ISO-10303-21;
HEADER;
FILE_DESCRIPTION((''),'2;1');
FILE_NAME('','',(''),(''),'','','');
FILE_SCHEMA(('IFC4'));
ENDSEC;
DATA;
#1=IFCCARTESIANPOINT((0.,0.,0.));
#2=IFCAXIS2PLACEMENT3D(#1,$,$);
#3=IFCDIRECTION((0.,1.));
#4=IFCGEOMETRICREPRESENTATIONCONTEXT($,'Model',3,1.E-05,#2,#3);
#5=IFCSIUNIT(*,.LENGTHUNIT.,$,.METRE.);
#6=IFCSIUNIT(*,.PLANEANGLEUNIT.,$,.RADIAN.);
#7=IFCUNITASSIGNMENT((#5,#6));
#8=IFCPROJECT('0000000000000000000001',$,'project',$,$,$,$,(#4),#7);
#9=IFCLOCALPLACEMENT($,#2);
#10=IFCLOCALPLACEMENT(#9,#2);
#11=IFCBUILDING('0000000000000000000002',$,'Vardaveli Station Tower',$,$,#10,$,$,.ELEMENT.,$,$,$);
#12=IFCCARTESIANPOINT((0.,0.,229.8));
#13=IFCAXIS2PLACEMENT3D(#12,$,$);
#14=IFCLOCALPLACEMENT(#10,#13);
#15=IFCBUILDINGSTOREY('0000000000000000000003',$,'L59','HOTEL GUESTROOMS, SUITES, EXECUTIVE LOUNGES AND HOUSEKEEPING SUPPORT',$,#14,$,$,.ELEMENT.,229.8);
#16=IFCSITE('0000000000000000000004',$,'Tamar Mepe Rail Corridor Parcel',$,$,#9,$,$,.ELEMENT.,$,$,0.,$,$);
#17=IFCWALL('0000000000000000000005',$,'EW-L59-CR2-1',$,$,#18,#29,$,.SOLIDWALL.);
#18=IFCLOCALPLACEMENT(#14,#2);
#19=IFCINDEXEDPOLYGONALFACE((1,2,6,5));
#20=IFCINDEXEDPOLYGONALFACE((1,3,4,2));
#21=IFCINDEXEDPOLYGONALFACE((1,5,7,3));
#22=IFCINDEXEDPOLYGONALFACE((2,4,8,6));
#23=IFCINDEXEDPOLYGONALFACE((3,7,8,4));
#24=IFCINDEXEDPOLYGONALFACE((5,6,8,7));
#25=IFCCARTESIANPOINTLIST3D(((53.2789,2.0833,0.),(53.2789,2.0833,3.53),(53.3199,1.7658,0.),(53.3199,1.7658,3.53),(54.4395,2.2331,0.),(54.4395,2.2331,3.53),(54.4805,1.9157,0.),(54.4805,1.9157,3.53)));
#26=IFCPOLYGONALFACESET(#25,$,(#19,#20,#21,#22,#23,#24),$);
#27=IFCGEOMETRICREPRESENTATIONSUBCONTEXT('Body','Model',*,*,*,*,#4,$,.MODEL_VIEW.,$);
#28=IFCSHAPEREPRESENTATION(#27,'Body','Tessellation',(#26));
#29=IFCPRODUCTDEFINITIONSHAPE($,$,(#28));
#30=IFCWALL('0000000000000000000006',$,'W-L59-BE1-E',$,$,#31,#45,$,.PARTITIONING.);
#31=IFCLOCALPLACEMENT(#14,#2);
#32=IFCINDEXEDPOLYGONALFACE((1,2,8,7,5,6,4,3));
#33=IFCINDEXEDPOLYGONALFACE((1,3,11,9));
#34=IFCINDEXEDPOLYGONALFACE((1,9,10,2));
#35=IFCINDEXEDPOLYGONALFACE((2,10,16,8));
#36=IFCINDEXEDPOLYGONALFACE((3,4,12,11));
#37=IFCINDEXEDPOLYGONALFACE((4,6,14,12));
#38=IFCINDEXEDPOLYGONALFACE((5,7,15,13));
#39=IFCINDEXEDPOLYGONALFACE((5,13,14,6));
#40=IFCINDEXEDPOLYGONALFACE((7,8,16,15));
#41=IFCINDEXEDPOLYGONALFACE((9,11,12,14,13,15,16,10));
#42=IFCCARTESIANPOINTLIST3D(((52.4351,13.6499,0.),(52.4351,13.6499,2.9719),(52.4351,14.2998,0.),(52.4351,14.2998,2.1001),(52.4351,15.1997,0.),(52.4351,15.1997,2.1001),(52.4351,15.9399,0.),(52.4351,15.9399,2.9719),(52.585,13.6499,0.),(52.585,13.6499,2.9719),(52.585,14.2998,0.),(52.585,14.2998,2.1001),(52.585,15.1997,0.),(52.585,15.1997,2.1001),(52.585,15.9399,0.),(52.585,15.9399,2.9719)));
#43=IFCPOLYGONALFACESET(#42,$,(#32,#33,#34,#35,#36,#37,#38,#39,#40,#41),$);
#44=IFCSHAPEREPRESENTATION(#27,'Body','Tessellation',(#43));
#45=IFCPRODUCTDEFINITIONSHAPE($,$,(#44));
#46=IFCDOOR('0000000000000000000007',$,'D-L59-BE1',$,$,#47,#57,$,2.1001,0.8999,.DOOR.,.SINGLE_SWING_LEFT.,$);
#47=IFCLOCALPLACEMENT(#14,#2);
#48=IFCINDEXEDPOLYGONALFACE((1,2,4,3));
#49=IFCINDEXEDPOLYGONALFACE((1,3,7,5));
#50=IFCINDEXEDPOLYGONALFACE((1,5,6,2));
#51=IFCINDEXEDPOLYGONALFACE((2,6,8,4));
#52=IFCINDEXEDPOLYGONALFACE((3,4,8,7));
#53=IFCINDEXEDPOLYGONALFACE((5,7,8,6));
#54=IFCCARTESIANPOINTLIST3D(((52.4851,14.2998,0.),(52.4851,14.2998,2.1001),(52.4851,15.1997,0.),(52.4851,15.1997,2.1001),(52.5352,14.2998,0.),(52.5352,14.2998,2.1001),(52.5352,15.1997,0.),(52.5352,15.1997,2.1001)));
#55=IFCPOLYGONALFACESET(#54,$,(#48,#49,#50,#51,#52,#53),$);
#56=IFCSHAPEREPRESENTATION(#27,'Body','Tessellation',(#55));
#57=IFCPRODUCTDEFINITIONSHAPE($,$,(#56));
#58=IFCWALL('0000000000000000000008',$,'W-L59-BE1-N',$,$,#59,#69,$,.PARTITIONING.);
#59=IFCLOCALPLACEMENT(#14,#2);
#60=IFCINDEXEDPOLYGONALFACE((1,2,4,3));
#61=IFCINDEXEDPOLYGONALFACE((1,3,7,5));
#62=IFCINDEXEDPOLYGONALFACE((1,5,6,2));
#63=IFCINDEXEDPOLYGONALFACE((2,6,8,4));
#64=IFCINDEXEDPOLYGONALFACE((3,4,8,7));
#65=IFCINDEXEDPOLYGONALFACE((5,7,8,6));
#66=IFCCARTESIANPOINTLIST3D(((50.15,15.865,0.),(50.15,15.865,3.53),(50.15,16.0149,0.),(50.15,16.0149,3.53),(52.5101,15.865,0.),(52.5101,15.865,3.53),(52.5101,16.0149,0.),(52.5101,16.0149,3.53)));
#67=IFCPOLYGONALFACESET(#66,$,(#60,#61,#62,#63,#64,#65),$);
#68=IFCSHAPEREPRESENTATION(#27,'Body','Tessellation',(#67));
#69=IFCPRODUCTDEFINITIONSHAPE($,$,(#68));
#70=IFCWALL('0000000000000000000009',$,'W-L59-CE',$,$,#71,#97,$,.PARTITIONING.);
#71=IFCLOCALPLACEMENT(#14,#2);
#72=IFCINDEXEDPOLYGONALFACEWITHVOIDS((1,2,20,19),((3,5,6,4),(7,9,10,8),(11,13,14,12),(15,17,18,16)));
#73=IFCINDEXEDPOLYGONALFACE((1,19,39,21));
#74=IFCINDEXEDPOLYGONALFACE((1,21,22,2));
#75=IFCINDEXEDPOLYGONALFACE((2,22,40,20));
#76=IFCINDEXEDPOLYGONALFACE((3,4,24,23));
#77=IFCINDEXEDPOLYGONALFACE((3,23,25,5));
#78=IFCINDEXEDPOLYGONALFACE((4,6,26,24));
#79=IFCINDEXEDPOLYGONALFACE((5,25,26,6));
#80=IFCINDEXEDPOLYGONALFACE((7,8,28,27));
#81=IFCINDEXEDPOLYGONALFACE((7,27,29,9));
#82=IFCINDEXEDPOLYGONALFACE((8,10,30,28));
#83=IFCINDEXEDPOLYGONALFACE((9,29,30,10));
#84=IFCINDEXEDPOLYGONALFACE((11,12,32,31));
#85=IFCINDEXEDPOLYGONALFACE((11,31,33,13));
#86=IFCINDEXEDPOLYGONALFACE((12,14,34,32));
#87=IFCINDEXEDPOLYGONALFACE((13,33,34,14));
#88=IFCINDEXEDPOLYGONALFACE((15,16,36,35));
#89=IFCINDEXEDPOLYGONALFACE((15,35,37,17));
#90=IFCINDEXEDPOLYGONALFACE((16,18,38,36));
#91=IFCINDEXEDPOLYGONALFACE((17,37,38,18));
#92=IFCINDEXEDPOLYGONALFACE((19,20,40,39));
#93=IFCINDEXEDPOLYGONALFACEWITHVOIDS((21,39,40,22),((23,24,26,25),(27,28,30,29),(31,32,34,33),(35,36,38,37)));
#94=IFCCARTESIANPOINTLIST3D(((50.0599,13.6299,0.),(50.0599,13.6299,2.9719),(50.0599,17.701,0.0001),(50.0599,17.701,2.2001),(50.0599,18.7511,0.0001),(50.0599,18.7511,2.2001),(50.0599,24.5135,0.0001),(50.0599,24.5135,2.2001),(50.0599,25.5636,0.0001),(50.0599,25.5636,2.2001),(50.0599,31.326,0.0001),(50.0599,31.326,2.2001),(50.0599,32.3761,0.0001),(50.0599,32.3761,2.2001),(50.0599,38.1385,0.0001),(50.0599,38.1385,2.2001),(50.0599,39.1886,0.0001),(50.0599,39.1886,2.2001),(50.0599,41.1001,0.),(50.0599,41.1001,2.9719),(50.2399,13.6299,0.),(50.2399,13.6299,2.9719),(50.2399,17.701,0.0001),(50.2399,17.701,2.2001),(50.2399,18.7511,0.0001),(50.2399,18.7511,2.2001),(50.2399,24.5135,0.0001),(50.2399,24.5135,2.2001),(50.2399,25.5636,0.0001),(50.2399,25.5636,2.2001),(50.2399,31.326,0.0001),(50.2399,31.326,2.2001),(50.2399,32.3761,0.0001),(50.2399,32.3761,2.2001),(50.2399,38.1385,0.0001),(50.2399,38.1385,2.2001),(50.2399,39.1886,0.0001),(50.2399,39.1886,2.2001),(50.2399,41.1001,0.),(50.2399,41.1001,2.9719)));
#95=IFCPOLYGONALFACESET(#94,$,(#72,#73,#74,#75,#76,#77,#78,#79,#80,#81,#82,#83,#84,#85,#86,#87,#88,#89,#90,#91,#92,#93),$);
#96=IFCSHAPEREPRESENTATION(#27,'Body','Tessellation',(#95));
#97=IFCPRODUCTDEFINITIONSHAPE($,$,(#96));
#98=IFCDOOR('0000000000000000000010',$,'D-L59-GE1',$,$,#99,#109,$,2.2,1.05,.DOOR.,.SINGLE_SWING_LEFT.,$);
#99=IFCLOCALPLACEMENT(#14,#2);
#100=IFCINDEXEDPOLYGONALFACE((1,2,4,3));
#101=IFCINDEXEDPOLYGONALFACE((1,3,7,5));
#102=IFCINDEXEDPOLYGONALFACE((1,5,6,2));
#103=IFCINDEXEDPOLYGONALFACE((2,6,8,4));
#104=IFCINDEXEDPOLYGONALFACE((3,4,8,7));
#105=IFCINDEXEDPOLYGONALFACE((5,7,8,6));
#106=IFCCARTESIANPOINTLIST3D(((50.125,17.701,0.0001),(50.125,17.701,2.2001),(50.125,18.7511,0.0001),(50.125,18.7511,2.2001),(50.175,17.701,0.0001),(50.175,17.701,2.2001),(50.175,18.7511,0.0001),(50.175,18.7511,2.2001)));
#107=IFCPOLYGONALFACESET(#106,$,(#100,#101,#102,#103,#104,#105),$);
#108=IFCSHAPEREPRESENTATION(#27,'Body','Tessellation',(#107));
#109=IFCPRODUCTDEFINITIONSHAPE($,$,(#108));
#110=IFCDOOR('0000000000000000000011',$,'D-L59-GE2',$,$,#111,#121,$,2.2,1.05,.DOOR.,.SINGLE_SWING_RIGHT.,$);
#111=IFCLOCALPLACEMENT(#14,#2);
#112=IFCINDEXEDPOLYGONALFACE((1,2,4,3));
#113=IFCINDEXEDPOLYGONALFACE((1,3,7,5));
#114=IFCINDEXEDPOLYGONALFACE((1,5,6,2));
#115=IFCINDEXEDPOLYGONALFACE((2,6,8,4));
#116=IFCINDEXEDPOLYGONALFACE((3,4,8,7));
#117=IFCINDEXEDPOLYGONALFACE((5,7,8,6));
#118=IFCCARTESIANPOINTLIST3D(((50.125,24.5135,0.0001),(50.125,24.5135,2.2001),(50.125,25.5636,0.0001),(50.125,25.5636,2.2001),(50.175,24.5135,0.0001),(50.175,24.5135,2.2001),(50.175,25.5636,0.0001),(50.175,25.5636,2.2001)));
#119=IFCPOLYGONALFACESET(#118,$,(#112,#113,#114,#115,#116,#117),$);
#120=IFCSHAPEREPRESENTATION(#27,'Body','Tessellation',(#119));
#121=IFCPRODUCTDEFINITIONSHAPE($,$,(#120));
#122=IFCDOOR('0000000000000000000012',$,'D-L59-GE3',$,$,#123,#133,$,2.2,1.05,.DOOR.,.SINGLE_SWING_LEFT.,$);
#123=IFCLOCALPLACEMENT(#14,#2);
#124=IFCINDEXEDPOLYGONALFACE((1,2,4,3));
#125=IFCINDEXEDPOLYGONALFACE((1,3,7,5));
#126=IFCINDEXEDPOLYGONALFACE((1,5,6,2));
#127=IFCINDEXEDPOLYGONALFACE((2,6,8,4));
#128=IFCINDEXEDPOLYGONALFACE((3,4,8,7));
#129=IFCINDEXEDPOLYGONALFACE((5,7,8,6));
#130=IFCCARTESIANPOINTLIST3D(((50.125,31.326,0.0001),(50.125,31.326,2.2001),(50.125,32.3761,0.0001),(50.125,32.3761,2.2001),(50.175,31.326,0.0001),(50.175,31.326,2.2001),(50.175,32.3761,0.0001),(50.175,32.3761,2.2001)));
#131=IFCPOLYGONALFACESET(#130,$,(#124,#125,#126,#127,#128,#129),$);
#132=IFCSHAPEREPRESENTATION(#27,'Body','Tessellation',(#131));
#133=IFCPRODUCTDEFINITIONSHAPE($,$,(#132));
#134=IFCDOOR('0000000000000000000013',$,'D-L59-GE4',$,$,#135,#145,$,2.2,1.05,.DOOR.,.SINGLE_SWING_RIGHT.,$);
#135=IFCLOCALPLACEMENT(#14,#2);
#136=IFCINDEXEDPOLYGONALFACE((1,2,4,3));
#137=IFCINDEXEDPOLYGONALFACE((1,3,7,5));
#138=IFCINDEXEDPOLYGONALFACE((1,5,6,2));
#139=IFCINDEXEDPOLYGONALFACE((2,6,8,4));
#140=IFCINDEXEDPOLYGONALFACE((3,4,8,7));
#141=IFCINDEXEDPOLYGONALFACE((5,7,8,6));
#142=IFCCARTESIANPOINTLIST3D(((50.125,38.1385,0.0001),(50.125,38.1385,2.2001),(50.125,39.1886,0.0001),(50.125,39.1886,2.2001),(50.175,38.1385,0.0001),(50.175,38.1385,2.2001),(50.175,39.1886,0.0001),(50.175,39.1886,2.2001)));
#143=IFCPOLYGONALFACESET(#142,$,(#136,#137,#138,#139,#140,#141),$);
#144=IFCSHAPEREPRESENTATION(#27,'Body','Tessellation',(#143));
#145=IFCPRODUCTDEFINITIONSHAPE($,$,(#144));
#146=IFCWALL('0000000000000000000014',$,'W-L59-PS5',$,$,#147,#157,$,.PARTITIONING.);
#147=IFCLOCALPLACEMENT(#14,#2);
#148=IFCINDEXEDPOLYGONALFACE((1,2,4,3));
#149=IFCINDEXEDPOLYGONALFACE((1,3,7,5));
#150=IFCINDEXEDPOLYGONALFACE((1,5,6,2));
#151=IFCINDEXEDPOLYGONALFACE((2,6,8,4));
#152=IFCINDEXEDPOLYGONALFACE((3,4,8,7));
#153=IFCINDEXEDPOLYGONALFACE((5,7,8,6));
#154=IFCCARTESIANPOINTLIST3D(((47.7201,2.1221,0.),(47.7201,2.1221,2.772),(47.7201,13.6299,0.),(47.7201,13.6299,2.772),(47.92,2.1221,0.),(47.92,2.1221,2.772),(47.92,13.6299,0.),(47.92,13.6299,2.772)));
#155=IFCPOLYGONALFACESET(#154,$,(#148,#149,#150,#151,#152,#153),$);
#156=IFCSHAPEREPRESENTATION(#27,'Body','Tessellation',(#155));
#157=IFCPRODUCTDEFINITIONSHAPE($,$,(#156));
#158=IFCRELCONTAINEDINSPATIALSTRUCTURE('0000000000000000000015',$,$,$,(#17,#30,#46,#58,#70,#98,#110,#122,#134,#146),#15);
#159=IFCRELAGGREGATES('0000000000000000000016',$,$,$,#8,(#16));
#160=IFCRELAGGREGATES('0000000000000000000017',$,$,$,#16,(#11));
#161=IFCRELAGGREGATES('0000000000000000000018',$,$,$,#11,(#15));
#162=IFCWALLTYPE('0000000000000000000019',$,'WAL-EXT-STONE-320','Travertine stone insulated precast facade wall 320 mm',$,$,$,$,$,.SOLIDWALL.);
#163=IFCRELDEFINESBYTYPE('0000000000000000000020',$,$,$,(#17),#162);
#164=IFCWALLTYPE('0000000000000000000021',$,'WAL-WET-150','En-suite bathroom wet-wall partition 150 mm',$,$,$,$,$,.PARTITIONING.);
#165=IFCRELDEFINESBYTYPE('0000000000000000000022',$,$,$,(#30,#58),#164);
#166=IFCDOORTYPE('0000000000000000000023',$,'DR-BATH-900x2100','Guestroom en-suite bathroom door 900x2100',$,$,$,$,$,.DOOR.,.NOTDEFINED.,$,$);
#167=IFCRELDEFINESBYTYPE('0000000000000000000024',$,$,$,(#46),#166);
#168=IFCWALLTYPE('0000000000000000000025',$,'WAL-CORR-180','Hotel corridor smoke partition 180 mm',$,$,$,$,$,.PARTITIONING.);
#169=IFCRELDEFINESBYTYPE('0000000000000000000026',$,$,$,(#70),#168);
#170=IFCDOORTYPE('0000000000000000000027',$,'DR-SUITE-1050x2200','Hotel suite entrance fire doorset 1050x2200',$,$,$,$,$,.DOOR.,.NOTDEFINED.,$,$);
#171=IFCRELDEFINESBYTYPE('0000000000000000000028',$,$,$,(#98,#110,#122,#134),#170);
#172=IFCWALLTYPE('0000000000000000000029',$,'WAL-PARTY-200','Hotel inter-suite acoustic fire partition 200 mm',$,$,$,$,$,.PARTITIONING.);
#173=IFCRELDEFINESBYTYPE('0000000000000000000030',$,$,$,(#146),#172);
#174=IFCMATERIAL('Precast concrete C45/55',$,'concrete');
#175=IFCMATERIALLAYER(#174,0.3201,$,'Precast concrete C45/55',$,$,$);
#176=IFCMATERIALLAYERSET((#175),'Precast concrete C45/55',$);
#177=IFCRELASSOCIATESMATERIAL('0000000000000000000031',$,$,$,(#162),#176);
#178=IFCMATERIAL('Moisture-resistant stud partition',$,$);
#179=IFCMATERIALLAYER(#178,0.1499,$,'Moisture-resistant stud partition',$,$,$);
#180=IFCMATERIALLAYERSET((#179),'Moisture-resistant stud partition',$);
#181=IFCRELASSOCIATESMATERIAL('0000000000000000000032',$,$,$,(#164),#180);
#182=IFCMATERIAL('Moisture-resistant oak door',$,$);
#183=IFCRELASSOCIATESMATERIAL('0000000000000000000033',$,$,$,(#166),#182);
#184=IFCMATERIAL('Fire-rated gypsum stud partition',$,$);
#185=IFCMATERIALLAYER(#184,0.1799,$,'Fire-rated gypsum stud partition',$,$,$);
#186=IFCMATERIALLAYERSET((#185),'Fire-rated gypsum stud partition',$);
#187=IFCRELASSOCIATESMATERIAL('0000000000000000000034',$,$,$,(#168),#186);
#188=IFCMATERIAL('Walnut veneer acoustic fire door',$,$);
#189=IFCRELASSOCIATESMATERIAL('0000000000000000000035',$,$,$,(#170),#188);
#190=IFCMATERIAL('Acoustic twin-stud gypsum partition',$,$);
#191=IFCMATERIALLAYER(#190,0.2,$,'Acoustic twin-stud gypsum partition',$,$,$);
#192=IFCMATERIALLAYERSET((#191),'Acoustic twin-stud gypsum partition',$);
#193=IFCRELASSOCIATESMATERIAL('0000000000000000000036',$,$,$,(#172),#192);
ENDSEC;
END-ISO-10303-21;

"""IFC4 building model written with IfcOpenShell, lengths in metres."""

from ifc_helpers import new_model, si_unit, direction, frame, frame_2d, origin, place, context, subcontext, project, spatial, rectangle, extrude, source, transform, mapped, material, layer, layer_set, type_object, element, fill, save


model = new_model("IFC4")

# Units and contexts
model_context = context("Model", 3, precision=1e-05, world=origin(), true_north=direction((0.0, 1.0)))
body_context = subcontext(model_context, "Body", "Model", "MODEL_VIEW")
ifc_project = project(units=[si_unit("LENGTHUNIT", "METRE"), si_unit("PLANEANGLEUNIT", "RADIAN")], contexts=[model_context])

# Site, building, storey
site_placement = place(None, origin())
site = spatial("IfcSite", under=ifc_project, at=site_placement, Name="Tamar Mepe Rail Corridor Parcel", CompositionType="ELEMENT", RefElevation=0.0)
building_placement = place(site_placement, origin())
building = spatial("IfcBuilding", under=site, at=building_placement, Name="Vardaveli Station Tower", CompositionType="ELEMENT")
storey_placement = place(building_placement, frame((0.0, 0.0, 229.8)))
storey = spatial("IfcBuildingStorey", under=building, at=storey_placement, Name="L59", Description="HOTEL GUESTROOMS, SUITES, EXECUTIVE LOUNGES AND HOUSEKEEPING SUPPORT", CompositionType="ELEMENT", Elevation=229.8)

# Shared definitions
ifc_material_1 = material(Name="Precast concrete C45/55", Category="concrete")

# Shared definitions
ifc_layer_1 = layer(ifc_material_1, 0.3201, Name="Precast concrete C45/55")
ifc_layer_set_1 = layer_set([ifc_layer_1], Name="Precast concrete C45/55")
wall_type_1 = type_object("IfcWallType", Name="WAL-EXT-STONE-320", Description="Travertine stone insulated precast facade wall 320 mm", PredefinedType="SOLIDWALL", material=ifc_layer_set_1)

# Wall
shared_shape_1 = source(origin(), body_context, "Body", "SweptSolid", [
    extrude(rectangle(XDim=1.1702, YDim=0.3201, at=frame_2d((0.585, 0.0))), origin(), (0.0, 0.0, 1.0), 3.53),
])
wall_1_placement = place(storey_placement, frame((53.2996, 1.9246, 0.0), z_axis=(0.0, 0.0, 1.0), x_axis=(0.991762, 0.12809, 0.0)))
element("IfcWall", 1, at=wall_1_placement, inside=storey, type_object=wall_type_1, Name="EW-L59-CR2-1", PredefinedType="SOLIDWALL", context=body_context, shape_type="MappedRepresentation", body=[
    mapped(shared_shape_1, transform((0.0, 0.0, 0.0), scale=1.0)),
])

# Wall, opening, door
ifc_material_2 = material(Name="Moisture-resistant stud partition")
ifc_layer_2 = layer(ifc_material_2, 0.1499, Name="Moisture-resistant stud partition")
ifc_layer_set_2 = layer_set([ifc_layer_2], Name="Moisture-resistant stud partition")
wall_type_2 = type_object("IfcWallType", Name="WAL-WET-150", Description="En-suite bathroom wet-wall partition 150 mm", PredefinedType="PARTITIONING", material=ifc_layer_set_2)
shared_shape_2 = source(origin(), body_context, "Body", "SweptSolid", [
    extrude(rectangle(XDim=2.29, YDim=0.1499, at=frame_2d((1.145, 0.0))), origin(), (0.0, 0.0, 1.0), 2.9719),
])
wall_2_placement = place(storey_placement, frame((52.51, 13.6499, 0.0), z_axis=(0.0, 0.0, 1.0), x_axis=(0.0, 1.0, 0.0)))
wall_2 = element("IfcWall", 2, at=wall_2_placement, inside=storey, type_object=wall_type_2, Name="W-L59-BE1-E", PredefinedType="PARTITIONING", context=body_context, shape_type="MappedRepresentation", body=[
    mapped(shared_shape_2, transform((0.0, 0.0, 0.0), scale=1.0)),
])
shared_shape_3 = source(origin(), body_context, "Body", "SweptSolid", [
    extrude(rectangle(XDim=0.8999, YDim=2.1001, at=frame_2d((0.45, 1.05))), frame((0.0, 0.085, 0.0), z_axis=(0.0, -1.0, 0.0), x_axis=(1.0, 0.0, 0.0)), (0.0, 0.0, 1.0), 0.1699),
])
opening_1_placement = place(wall_2_placement, frame((0.6499, 0.0, 0.0)))
opening_1 = element("IfcOpeningElement", 3, at=opening_1_placement, cuts=wall_2, PredefinedType="OPENING", context=body_context, shape_type="MappedRepresentation", body=[
    mapped(shared_shape_3, transform((0.0, 0.0, 0.0), scale=1.0)),
])
ifc_material_3 = material(Name="Moisture-resistant oak door")
door_type_1 = type_object("IfcDoorType", Name="DR-BATH-900x2100", Description="Guestroom en-suite bathroom door 900x2100", OperationType="NOTDEFINED", PredefinedType="DOOR", material=ifc_material_3)
shared_shape_4 = source(origin(), body_context, "Body", "SweptSolid", [
    extrude(rectangle(XDim=0.8999, YDim=2.1001, at=frame_2d((0.45, 1.05))), frame((0.0, 0.0249, 0.0), z_axis=(0.0, -1.0, 0.0), x_axis=(1.0, 0.0, 0.0)), (0.0, 0.0, 1.0), 0.05),
])
door_1_placement = place(opening_1_placement, origin())
door_1 = element("IfcDoor", 4, at=door_1_placement, inside=storey, type_object=door_type_1, Name="D-L59-BE1", OperationType="SINGLE_SWING_LEFT", OverallHeight=2.1001, OverallWidth=0.8999, PredefinedType="DOOR", context=body_context, shape_type="MappedRepresentation", body=[
    mapped(shared_shape_4, transform((0.0, 0.0, 0.0), scale=1.0)),
])
fill(opening_1, door_1)

# Wall
shared_shape_5 = source(origin(), body_context, "Body", "SweptSolid", [
    extrude(rectangle(XDim=2.3601, YDim=0.1499, at=frame_2d((1.1802, 0.0))), origin(), (0.0, 0.0, 1.0), 3.53),
])
wall_3_placement = place(storey_placement, frame((50.1499, 15.9399, 0.0), z_axis=(0.0, 0.0, 1.0), x_axis=(1.0, 0.0, 0.0)))
element("IfcWall", 5, at=wall_3_placement, inside=storey, type_object=wall_type_2, Name="W-L59-BE1-N", PredefinedType="PARTITIONING", context=body_context, shape_type="MappedRepresentation", body=[
    mapped(shared_shape_5, transform((0.0, 0.0, 0.0), scale=1.0)),
])

# Wall, openings, doors
ifc_material_4 = material(Name="Fire-rated gypsum stud partition")
ifc_layer_3 = layer(ifc_material_4, 0.1799, Name="Fire-rated gypsum stud partition")
ifc_layer_set_3 = layer_set([ifc_layer_3], Name="Fire-rated gypsum stud partition")
wall_type_3 = type_object("IfcWallType", Name="WAL-CORR-180", Description="Hotel corridor smoke partition 180 mm", PredefinedType="PARTITIONING", material=ifc_layer_set_3)
shared_shape_6 = source(origin(), body_context, "Body", "SweptSolid", [
    extrude(rectangle(XDim=27.4702, YDim=0.1799, at=frame_2d((13.7351, 0.0))), origin(), (0.0, 0.0, 1.0), 2.9719),
])
wall_4_placement = place(storey_placement, frame((50.1499, 13.6299, 0.0), z_axis=(0.0, 0.0, 1.0), x_axis=(0.0, 1.0, 0.0)))
wall_4 = element("IfcWall", 6, at=wall_4_placement, inside=storey, type_object=wall_type_3, Name="W-L59-CE", PredefinedType="PARTITIONING", context=body_context, shape_type="MappedRepresentation", body=[
    mapped(shared_shape_6, transform((0.0, 0.0, 0.0), scale=1.0)),
])
shared_shape_7 = source(origin(), body_context, "Body", "SweptSolid", [
    extrude(rectangle(XDim=1.05, YDim=2.2, at=frame_2d((0.5249, 1.1001))), frame((0.0, 0.1001, 0.0), z_axis=(0.0, -1.0, 0.0), x_axis=(1.0, 0.0, 0.0)), (0.0, 0.0, 1.0), 0.2),
])
opening_2_placement = place(wall_4_placement, frame((4.0713, 0.0, 0.0)))
opening_2 = element("IfcOpeningElement", 7, at=opening_2_placement, cuts=wall_4, PredefinedType="OPENING", context=body_context, shape_type="MappedRepresentation", body=[
    mapped(shared_shape_7, transform((0.0, 0.0, 0.0), scale=1.0)),
])
opening_3_placement = place(wall_4_placement, frame((10.8838, 0.0, 0.0)))
opening_3 = element("IfcOpeningElement", 8, at=opening_3_placement, cuts=wall_4, PredefinedType="OPENING", context=body_context, shape_type="MappedRepresentation", body=[
    mapped(shared_shape_7, transform((0.0, 0.0, 0.0), scale=1.0)),
])
opening_4_placement = place(wall_4_placement, frame((17.6963, 0.0, 0.0)))
opening_4 = element("IfcOpeningElement", 9, at=opening_4_placement, cuts=wall_4, PredefinedType="OPENING", context=body_context, shape_type="MappedRepresentation", body=[
    mapped(shared_shape_7, transform((0.0, 0.0, 0.0), scale=1.0)),
])
opening_5_placement = place(wall_4_placement, frame((24.5088, 0.0, 0.0)))
opening_5 = element("IfcOpeningElement", 10, at=opening_5_placement, cuts=wall_4, PredefinedType="OPENING", context=body_context, shape_type="MappedRepresentation", body=[
    mapped(shared_shape_7, transform((0.0, 0.0, 0.0), scale=1.0)),
])
ifc_material_5 = material(Name="Walnut veneer acoustic fire door")
door_type_2 = type_object("IfcDoorType", Name="DR-SUITE-1050x2200", Description="Hotel suite entrance fire doorset 1050x2200", OperationType="NOTDEFINED", PredefinedType="DOOR", material=ifc_material_5)
shared_shape_8 = source(origin(), body_context, "Body", "SweptSolid", [
    extrude(rectangle(XDim=1.05, YDim=2.2, at=frame_2d((0.5249, 1.1001))), frame((0.0, 0.0249, 0.0), z_axis=(0.0, -1.0, 0.0), x_axis=(1.0, 0.0, 0.0)), (0.0, 0.0, 1.0), 0.05),
])
door_2_placement = place(opening_2_placement, origin())
door_2 = element("IfcDoor", 11, at=door_2_placement, inside=storey, type_object=door_type_2, Name="D-L59-GE1", OperationType="SINGLE_SWING_LEFT", OverallHeight=2.2, OverallWidth=1.05, PredefinedType="DOOR", context=body_context, shape_type="MappedRepresentation", body=[
    mapped(shared_shape_8, transform((0.0, 0.0, 0.0), scale=1.0)),
])
fill(opening_2, door_2)
door_3_placement = place(opening_3_placement, origin())
door_3 = element("IfcDoor", 12, at=door_3_placement, inside=storey, type_object=door_type_2, Name="D-L59-GE2", OperationType="SINGLE_SWING_RIGHT", OverallHeight=2.2, OverallWidth=1.05, PredefinedType="DOOR", context=body_context, shape_type="MappedRepresentation", body=[
    mapped(shared_shape_8, transform((0.0, 0.0, 0.0), scale=1.0)),
])
fill(opening_3, door_3)
door_4_placement = place(opening_4_placement, origin())
door_4 = element("IfcDoor", 13, at=door_4_placement, inside=storey, type_object=door_type_2, Name="D-L59-GE3", OperationType="SINGLE_SWING_LEFT", OverallHeight=2.2, OverallWidth=1.05, PredefinedType="DOOR", context=body_context, shape_type="MappedRepresentation", body=[
    mapped(shared_shape_8, transform((0.0, 0.0, 0.0), scale=1.0)),
])
fill(opening_4, door_4)
door_5_placement = place(opening_5_placement, origin())
door_5 = element("IfcDoor", 14, at=door_5_placement, inside=storey, type_object=door_type_2, Name="D-L59-GE4", OperationType="SINGLE_SWING_RIGHT", OverallHeight=2.2, OverallWidth=1.05, PredefinedType="DOOR", context=body_context, shape_type="MappedRepresentation", body=[
    mapped(shared_shape_8, transform((0.0, 0.0, 0.0), scale=1.0)),
])
fill(opening_5, door_5)

# Wall
ifc_material_6 = material(Name="Acoustic twin-stud gypsum partition")
ifc_layer_4 = layer(ifc_material_6, 0.2, Name="Acoustic twin-stud gypsum partition")
ifc_layer_set_4 = layer_set([ifc_layer_4], Name="Acoustic twin-stud gypsum partition")
wall_type_4 = type_object("IfcWallType", Name="WAL-PARTY-200", Description="Hotel inter-suite acoustic fire partition 200 mm", PredefinedType="PARTITIONING", material=ifc_layer_set_4)
shared_shape_9 = source(origin(), body_context, "Body", "SweptSolid", [
    extrude(rectangle(XDim=11.5078, YDim=0.2, at=frame_2d((5.7539, 0.0))), origin(), (0.0, 0.0, 1.0), 2.772),
])
wall_5_placement = place(storey_placement, frame((47.8201, 2.1221, 0.0), z_axis=(0.0, 0.0, 1.0), x_axis=(0.0, 1.0, 0.0)))
element("IfcWall", 15, at=wall_5_placement, inside=storey, type_object=wall_type_4, Name="W-L59-PS5", PredefinedType="PARTITIONING", context=body_context, shape_type="MappedRepresentation", body=[
    mapped(shared_shape_9, transform((0.0, 0.0, 0.0), scale=1.0)),
])

save(model, "model.ifc")
